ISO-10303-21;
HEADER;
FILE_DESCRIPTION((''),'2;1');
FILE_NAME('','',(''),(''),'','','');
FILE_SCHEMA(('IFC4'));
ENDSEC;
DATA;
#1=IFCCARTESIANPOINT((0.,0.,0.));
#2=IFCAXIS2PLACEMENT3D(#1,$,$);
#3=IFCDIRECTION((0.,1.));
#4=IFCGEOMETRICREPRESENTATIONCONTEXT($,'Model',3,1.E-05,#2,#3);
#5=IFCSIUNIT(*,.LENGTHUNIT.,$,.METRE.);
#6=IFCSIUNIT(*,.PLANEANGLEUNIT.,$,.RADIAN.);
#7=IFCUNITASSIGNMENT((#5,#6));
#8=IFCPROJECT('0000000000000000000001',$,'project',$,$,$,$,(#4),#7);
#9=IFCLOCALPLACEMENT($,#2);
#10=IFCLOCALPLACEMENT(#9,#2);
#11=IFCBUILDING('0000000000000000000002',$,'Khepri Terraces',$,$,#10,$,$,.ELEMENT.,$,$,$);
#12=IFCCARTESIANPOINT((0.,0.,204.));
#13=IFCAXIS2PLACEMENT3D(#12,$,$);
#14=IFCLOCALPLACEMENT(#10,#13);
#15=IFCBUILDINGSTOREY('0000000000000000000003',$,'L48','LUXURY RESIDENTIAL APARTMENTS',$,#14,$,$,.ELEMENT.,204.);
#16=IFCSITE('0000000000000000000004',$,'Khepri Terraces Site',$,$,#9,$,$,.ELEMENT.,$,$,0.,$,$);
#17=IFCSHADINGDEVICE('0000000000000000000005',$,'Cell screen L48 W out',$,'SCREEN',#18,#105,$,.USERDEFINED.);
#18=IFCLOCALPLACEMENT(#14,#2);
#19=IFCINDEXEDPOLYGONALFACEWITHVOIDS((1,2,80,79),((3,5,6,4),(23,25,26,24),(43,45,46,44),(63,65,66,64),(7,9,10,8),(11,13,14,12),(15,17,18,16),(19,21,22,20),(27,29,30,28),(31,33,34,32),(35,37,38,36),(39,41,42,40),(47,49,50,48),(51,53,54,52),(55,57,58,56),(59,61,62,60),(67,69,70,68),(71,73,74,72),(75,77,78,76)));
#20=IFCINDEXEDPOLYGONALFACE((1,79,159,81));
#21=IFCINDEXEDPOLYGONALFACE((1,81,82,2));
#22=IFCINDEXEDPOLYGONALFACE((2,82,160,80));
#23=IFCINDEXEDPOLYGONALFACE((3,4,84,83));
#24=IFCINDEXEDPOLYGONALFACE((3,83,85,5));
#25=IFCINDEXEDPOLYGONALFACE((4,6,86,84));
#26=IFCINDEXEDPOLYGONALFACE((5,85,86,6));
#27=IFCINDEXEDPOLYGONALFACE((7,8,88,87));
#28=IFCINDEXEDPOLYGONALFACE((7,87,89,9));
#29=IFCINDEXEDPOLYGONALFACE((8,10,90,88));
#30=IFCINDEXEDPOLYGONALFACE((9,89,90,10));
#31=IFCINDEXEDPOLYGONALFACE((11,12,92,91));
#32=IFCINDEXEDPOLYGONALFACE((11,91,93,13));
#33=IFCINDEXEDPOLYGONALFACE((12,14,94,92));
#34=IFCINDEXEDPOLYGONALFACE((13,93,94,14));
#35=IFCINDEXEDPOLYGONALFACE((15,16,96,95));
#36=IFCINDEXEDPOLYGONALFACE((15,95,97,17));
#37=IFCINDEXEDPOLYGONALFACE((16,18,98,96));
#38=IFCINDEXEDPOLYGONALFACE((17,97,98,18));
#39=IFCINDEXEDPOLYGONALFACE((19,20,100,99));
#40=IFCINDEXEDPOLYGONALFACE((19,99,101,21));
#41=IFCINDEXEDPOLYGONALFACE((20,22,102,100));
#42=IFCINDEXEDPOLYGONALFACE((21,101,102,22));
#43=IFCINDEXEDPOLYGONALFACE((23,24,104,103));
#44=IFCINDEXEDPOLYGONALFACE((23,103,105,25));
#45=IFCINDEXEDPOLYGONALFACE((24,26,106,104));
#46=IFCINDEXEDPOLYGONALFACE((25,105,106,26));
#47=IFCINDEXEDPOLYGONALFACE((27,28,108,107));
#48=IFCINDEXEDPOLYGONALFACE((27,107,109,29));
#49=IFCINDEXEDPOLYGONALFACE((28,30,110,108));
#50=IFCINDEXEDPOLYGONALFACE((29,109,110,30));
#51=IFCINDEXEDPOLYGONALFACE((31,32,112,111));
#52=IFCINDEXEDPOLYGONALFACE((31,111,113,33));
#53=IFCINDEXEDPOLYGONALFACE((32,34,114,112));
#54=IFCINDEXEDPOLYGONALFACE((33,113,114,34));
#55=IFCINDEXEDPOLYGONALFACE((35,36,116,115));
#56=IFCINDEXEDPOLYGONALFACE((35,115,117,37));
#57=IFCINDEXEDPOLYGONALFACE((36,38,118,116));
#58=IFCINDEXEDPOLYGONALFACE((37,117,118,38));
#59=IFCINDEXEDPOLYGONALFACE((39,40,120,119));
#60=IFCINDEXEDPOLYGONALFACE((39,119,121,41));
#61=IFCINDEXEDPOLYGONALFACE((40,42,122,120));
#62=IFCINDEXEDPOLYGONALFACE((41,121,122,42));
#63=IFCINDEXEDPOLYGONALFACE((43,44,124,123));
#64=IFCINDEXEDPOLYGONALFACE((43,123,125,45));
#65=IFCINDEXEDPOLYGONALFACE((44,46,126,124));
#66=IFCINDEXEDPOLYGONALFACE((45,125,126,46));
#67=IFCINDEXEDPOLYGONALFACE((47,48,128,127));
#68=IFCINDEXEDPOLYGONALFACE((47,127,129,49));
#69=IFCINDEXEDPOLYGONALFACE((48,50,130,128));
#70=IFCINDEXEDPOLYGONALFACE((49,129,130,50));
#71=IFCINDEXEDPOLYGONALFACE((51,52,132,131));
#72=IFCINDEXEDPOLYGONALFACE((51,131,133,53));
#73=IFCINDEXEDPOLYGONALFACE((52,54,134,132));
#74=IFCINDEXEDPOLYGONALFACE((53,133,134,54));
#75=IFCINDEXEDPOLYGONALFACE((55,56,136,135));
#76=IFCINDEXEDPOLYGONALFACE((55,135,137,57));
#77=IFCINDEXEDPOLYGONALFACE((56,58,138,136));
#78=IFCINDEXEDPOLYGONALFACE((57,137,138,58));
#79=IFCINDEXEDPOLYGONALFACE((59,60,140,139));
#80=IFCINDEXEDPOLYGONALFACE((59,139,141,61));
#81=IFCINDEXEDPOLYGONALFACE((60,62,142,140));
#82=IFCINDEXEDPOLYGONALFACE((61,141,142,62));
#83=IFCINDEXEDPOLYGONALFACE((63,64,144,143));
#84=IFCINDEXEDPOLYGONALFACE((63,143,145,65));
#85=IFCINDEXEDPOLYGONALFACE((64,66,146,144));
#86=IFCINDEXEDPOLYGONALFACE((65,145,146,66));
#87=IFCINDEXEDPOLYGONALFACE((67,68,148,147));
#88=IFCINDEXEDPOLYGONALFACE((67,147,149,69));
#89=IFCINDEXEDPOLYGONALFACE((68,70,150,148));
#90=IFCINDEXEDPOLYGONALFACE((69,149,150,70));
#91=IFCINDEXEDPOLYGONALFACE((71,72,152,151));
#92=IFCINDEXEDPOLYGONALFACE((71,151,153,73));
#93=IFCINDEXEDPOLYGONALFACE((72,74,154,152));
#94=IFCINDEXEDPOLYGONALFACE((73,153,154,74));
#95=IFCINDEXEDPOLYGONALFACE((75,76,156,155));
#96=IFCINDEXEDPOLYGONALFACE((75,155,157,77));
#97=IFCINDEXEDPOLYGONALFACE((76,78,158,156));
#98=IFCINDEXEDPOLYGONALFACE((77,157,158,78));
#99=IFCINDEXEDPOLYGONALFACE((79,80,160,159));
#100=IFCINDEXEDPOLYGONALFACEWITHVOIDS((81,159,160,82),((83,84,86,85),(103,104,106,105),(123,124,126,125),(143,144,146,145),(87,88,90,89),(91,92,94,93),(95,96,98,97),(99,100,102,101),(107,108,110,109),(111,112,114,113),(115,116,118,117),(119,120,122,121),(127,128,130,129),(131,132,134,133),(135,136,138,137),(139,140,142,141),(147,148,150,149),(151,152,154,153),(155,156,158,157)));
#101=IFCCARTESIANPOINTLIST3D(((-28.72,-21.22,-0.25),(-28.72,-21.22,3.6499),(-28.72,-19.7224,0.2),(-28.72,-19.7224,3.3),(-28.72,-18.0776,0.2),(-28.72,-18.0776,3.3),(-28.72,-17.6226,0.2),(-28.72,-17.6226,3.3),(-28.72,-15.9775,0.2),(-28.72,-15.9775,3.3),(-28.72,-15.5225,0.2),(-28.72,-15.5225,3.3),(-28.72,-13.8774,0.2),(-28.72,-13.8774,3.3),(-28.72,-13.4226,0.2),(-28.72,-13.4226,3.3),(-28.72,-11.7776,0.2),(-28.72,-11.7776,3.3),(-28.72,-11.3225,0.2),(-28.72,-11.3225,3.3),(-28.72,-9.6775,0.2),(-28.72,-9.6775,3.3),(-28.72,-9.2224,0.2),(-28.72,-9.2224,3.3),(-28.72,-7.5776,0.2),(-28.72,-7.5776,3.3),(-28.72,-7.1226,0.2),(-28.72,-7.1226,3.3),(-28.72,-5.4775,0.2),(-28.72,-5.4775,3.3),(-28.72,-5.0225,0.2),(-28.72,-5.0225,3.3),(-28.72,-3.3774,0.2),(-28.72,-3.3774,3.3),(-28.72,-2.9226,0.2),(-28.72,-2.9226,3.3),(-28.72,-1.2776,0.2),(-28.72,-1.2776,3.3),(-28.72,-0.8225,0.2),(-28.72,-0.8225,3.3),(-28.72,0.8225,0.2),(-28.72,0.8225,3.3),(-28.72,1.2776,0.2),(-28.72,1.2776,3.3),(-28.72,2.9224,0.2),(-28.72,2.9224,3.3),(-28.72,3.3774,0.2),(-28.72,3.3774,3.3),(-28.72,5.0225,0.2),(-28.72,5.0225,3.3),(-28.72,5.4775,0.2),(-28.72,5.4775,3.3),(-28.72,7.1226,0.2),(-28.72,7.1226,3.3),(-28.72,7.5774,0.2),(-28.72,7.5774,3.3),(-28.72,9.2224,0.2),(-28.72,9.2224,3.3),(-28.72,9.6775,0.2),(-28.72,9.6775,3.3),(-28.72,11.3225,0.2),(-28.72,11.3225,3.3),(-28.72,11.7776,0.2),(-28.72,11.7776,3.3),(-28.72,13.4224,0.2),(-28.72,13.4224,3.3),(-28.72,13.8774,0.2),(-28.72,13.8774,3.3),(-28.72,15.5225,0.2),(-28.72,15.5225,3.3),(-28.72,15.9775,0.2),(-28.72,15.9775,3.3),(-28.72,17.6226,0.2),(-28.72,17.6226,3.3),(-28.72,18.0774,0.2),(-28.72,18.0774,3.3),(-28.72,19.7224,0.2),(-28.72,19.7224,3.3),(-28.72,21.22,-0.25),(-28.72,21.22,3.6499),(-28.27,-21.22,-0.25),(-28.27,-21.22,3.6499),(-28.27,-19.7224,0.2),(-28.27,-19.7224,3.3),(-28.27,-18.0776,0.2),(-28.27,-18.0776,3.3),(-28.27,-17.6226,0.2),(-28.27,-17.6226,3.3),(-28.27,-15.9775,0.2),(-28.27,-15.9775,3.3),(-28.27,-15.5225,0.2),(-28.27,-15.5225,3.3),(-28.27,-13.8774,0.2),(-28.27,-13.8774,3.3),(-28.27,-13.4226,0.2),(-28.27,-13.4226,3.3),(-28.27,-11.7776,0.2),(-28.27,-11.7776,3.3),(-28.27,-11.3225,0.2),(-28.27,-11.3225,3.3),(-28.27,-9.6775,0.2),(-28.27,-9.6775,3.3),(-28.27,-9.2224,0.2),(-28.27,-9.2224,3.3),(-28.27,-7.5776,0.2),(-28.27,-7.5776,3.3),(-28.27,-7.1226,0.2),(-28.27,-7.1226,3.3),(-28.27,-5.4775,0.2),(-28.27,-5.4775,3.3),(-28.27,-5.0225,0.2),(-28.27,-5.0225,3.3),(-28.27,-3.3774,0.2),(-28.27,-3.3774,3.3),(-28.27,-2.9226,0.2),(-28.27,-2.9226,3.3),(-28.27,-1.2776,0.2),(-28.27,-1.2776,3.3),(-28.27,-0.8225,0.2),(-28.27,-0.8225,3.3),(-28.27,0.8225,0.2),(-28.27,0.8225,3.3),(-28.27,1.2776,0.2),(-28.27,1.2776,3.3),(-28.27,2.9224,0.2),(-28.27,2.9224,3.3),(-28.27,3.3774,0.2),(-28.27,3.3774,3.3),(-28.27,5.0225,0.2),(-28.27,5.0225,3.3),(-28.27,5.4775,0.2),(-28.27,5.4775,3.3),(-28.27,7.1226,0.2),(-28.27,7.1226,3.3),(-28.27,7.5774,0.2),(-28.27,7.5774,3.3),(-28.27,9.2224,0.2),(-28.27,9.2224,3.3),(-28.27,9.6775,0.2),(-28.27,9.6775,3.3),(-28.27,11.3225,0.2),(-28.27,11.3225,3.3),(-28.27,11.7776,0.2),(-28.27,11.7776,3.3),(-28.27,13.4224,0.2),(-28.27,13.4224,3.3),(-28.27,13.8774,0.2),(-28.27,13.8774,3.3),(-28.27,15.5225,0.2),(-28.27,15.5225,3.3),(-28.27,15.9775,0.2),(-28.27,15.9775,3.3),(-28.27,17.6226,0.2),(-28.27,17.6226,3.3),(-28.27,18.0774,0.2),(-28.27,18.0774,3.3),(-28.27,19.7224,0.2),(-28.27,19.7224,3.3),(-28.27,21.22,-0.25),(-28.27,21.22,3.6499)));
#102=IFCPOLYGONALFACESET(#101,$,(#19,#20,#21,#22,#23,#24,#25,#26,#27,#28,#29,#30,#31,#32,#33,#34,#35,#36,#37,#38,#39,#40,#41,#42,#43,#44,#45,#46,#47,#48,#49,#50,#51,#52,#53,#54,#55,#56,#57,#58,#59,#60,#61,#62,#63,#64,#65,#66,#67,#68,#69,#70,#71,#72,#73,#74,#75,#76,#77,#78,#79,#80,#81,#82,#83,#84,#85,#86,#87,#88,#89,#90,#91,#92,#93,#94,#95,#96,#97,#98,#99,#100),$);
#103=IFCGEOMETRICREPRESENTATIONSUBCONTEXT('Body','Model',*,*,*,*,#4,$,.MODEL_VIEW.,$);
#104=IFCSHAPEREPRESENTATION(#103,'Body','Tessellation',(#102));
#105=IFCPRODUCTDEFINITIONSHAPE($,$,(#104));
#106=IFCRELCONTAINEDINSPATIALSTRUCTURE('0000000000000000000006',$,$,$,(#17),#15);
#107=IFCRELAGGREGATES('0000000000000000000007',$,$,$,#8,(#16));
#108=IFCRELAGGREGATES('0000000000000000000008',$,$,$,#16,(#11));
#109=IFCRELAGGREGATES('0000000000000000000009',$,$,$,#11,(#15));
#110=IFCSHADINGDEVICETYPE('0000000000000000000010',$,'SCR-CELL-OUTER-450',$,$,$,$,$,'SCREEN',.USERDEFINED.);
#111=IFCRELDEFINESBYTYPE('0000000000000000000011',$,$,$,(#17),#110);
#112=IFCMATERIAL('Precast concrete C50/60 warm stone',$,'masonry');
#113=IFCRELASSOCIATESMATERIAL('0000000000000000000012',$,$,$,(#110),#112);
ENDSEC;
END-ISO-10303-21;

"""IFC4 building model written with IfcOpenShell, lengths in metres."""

from ifc_helpers import new_model, si_unit, direction, frame, origin, place, context, subcontext, project, spatial, polyline, outline, extrude, material, type_object, element, save


model = new_model("IFC4")

# Units and contexts
model_context = context("Model", 3, precision=1e-05, world=origin(), true_north=direction((0.0, 1.0)))
body_context = subcontext(model_context, "Body", "Model", "MODEL_VIEW")
ifc_project = project(units=[si_unit("LENGTHUNIT", "METRE"), si_unit("PLANEANGLEUNIT", "RADIAN")], contexts=[model_context])

# Site, building, storey
site_placement = place(None, origin())
site = spatial("IfcSite", under=ifc_project, at=site_placement, Name="Khepri Terraces Site", CompositionType="ELEMENT", RefElevation=0.0)
building_placement = place(site_placement, origin())
building = spatial("IfcBuilding", under=site, at=building_placement, Name="Khepri Terraces", CompositionType="ELEMENT")
storey_placement = place(building_placement, frame((0.0, 0.0, 204.0)))
storey = spatial("IfcBuildingStorey", under=building, at=storey_placement, Name="L48", Description="LUXURY RESIDENTIAL APARTMENTS", CompositionType="ELEMENT", Elevation=204.0)

# Shared definitions
ifc_material_1 = material(Name="Precast concrete C50/60 warm stone", Category="masonry")

# Shading device
shading_device_type_1 = type_object("IfcShadingDeviceType", Name="SCR-CELL-OUTER-450", ElementType="SCREEN", PredefinedType="USERDEFINED", material=ifc_material_1)
shading_device_1_placement = place(storey_placement, frame((-28.27, 21.22, -0.25), z_axis=(-1.0, 0.0, 0.0), x_axis=(0.0, -1.0, 0.0)))
element("IfcShadingDevice", 1, at=shading_device_1_placement, inside=storey, type_object=shading_device_type_1, Name="Cell screen L48 W out", ObjectType="SCREEN", PredefinedType="USERDEFINED", context=body_context, shape_type="SweptSolid", body=[
    extrude(outline(polyline([(0.0, 0.0), (42.4399, 0.0), (42.4399, 3.8999), (0.0, 3.8999), (0.0, 0.0)]), holes=[polyline([(1.4976, 0.45), (3.1426, 0.45), (3.1426, 3.55), (1.4976, 3.55), (1.4976, 0.45)]), polyline([(3.5974, 0.45), (5.2424, 0.45), (5.2424, 3.55), (3.5974, 3.55), (3.5974, 0.45)]), polyline([(5.6975, 0.45), (7.3425, 0.45), (7.3425, 3.55), (5.6975, 3.55), (5.6975, 0.45)]), polyline([(7.7976, 0.45), (9.4424, 0.45), (9.4424, 3.55), (7.7976, 3.55), (7.7976, 0.45)]), polyline([(9.8975, 0.45), (11.5425, 0.45), (11.5425, 3.55), (9.8975, 3.55), (9.8975, 0.45)]), polyline([(11.9976, 0.45), (13.6426, 0.45), (13.6426, 3.55), (11.9976, 3.55), (11.9976, 0.45)]), polyline([(14.0974, 0.45), (15.7424, 0.45), (15.7424, 3.55), (14.0974, 3.55), (14.0974, 0.45)]), polyline([(16.1975, 0.45), (17.8425, 0.45), (17.8425, 3.55), (16.1975, 3.55), (16.1975, 0.45)]), polyline([(18.2976, 0.45), (19.9424, 0.45), (19.9424, 3.55), (18.2976, 3.55), (18.2976, 0.45)]), polyline([(20.3975, 0.45), (22.0425, 0.45), (22.0425, 3.55), (20.3975, 3.55), (20.3975, 0.45)]), polyline([(22.4976, 0.45), (24.1426, 0.45), (24.1426, 3.55), (22.4976, 3.55), (22.4976, 0.45)]), polyline([(24.5974, 0.45), (26.2424, 0.45), (26.2424, 3.55), (24.5974, 3.55), (24.5974, 0.45)]), polyline([(26.6975, 0.45), (28.3425, 0.45), (28.3425, 3.55), (26.6975, 3.55), (26.6975, 0.45)]), polyline([(28.7976, 0.45), (30.4424, 0.45), (30.4424, 3.55), (28.7976, 3.55), (28.7976, 0.45)]), polyline([(30.8975, 0.45), (32.5425, 0.45), (32.5425, 3.55), (30.8975, 3.55), (30.8975, 0.45)]), polyline([(32.9976, 0.45), (34.6426, 0.45), (34.6426, 3.55), (32.9976, 3.55), (32.9976, 0.45)]), polyline([(35.0974, 0.45), (36.7424, 0.45), (36.7424, 3.55), (35.0974, 3.55), (35.0974, 0.45)]), polyline([(37.1975, 0.45), (38.8425, 0.45), (38.8425, 3.55), (37.1975, 3.55), (37.1975, 0.45)]), polyline([(39.2976, 0.45), (40.9424, 0.45), (40.9424, 3.55), (39.2976, 3.55), (39.2976, 0.45)])]), origin(), (0.0, 0.0, 1.0), 0.45),
])

save(model, "model.ifc")
